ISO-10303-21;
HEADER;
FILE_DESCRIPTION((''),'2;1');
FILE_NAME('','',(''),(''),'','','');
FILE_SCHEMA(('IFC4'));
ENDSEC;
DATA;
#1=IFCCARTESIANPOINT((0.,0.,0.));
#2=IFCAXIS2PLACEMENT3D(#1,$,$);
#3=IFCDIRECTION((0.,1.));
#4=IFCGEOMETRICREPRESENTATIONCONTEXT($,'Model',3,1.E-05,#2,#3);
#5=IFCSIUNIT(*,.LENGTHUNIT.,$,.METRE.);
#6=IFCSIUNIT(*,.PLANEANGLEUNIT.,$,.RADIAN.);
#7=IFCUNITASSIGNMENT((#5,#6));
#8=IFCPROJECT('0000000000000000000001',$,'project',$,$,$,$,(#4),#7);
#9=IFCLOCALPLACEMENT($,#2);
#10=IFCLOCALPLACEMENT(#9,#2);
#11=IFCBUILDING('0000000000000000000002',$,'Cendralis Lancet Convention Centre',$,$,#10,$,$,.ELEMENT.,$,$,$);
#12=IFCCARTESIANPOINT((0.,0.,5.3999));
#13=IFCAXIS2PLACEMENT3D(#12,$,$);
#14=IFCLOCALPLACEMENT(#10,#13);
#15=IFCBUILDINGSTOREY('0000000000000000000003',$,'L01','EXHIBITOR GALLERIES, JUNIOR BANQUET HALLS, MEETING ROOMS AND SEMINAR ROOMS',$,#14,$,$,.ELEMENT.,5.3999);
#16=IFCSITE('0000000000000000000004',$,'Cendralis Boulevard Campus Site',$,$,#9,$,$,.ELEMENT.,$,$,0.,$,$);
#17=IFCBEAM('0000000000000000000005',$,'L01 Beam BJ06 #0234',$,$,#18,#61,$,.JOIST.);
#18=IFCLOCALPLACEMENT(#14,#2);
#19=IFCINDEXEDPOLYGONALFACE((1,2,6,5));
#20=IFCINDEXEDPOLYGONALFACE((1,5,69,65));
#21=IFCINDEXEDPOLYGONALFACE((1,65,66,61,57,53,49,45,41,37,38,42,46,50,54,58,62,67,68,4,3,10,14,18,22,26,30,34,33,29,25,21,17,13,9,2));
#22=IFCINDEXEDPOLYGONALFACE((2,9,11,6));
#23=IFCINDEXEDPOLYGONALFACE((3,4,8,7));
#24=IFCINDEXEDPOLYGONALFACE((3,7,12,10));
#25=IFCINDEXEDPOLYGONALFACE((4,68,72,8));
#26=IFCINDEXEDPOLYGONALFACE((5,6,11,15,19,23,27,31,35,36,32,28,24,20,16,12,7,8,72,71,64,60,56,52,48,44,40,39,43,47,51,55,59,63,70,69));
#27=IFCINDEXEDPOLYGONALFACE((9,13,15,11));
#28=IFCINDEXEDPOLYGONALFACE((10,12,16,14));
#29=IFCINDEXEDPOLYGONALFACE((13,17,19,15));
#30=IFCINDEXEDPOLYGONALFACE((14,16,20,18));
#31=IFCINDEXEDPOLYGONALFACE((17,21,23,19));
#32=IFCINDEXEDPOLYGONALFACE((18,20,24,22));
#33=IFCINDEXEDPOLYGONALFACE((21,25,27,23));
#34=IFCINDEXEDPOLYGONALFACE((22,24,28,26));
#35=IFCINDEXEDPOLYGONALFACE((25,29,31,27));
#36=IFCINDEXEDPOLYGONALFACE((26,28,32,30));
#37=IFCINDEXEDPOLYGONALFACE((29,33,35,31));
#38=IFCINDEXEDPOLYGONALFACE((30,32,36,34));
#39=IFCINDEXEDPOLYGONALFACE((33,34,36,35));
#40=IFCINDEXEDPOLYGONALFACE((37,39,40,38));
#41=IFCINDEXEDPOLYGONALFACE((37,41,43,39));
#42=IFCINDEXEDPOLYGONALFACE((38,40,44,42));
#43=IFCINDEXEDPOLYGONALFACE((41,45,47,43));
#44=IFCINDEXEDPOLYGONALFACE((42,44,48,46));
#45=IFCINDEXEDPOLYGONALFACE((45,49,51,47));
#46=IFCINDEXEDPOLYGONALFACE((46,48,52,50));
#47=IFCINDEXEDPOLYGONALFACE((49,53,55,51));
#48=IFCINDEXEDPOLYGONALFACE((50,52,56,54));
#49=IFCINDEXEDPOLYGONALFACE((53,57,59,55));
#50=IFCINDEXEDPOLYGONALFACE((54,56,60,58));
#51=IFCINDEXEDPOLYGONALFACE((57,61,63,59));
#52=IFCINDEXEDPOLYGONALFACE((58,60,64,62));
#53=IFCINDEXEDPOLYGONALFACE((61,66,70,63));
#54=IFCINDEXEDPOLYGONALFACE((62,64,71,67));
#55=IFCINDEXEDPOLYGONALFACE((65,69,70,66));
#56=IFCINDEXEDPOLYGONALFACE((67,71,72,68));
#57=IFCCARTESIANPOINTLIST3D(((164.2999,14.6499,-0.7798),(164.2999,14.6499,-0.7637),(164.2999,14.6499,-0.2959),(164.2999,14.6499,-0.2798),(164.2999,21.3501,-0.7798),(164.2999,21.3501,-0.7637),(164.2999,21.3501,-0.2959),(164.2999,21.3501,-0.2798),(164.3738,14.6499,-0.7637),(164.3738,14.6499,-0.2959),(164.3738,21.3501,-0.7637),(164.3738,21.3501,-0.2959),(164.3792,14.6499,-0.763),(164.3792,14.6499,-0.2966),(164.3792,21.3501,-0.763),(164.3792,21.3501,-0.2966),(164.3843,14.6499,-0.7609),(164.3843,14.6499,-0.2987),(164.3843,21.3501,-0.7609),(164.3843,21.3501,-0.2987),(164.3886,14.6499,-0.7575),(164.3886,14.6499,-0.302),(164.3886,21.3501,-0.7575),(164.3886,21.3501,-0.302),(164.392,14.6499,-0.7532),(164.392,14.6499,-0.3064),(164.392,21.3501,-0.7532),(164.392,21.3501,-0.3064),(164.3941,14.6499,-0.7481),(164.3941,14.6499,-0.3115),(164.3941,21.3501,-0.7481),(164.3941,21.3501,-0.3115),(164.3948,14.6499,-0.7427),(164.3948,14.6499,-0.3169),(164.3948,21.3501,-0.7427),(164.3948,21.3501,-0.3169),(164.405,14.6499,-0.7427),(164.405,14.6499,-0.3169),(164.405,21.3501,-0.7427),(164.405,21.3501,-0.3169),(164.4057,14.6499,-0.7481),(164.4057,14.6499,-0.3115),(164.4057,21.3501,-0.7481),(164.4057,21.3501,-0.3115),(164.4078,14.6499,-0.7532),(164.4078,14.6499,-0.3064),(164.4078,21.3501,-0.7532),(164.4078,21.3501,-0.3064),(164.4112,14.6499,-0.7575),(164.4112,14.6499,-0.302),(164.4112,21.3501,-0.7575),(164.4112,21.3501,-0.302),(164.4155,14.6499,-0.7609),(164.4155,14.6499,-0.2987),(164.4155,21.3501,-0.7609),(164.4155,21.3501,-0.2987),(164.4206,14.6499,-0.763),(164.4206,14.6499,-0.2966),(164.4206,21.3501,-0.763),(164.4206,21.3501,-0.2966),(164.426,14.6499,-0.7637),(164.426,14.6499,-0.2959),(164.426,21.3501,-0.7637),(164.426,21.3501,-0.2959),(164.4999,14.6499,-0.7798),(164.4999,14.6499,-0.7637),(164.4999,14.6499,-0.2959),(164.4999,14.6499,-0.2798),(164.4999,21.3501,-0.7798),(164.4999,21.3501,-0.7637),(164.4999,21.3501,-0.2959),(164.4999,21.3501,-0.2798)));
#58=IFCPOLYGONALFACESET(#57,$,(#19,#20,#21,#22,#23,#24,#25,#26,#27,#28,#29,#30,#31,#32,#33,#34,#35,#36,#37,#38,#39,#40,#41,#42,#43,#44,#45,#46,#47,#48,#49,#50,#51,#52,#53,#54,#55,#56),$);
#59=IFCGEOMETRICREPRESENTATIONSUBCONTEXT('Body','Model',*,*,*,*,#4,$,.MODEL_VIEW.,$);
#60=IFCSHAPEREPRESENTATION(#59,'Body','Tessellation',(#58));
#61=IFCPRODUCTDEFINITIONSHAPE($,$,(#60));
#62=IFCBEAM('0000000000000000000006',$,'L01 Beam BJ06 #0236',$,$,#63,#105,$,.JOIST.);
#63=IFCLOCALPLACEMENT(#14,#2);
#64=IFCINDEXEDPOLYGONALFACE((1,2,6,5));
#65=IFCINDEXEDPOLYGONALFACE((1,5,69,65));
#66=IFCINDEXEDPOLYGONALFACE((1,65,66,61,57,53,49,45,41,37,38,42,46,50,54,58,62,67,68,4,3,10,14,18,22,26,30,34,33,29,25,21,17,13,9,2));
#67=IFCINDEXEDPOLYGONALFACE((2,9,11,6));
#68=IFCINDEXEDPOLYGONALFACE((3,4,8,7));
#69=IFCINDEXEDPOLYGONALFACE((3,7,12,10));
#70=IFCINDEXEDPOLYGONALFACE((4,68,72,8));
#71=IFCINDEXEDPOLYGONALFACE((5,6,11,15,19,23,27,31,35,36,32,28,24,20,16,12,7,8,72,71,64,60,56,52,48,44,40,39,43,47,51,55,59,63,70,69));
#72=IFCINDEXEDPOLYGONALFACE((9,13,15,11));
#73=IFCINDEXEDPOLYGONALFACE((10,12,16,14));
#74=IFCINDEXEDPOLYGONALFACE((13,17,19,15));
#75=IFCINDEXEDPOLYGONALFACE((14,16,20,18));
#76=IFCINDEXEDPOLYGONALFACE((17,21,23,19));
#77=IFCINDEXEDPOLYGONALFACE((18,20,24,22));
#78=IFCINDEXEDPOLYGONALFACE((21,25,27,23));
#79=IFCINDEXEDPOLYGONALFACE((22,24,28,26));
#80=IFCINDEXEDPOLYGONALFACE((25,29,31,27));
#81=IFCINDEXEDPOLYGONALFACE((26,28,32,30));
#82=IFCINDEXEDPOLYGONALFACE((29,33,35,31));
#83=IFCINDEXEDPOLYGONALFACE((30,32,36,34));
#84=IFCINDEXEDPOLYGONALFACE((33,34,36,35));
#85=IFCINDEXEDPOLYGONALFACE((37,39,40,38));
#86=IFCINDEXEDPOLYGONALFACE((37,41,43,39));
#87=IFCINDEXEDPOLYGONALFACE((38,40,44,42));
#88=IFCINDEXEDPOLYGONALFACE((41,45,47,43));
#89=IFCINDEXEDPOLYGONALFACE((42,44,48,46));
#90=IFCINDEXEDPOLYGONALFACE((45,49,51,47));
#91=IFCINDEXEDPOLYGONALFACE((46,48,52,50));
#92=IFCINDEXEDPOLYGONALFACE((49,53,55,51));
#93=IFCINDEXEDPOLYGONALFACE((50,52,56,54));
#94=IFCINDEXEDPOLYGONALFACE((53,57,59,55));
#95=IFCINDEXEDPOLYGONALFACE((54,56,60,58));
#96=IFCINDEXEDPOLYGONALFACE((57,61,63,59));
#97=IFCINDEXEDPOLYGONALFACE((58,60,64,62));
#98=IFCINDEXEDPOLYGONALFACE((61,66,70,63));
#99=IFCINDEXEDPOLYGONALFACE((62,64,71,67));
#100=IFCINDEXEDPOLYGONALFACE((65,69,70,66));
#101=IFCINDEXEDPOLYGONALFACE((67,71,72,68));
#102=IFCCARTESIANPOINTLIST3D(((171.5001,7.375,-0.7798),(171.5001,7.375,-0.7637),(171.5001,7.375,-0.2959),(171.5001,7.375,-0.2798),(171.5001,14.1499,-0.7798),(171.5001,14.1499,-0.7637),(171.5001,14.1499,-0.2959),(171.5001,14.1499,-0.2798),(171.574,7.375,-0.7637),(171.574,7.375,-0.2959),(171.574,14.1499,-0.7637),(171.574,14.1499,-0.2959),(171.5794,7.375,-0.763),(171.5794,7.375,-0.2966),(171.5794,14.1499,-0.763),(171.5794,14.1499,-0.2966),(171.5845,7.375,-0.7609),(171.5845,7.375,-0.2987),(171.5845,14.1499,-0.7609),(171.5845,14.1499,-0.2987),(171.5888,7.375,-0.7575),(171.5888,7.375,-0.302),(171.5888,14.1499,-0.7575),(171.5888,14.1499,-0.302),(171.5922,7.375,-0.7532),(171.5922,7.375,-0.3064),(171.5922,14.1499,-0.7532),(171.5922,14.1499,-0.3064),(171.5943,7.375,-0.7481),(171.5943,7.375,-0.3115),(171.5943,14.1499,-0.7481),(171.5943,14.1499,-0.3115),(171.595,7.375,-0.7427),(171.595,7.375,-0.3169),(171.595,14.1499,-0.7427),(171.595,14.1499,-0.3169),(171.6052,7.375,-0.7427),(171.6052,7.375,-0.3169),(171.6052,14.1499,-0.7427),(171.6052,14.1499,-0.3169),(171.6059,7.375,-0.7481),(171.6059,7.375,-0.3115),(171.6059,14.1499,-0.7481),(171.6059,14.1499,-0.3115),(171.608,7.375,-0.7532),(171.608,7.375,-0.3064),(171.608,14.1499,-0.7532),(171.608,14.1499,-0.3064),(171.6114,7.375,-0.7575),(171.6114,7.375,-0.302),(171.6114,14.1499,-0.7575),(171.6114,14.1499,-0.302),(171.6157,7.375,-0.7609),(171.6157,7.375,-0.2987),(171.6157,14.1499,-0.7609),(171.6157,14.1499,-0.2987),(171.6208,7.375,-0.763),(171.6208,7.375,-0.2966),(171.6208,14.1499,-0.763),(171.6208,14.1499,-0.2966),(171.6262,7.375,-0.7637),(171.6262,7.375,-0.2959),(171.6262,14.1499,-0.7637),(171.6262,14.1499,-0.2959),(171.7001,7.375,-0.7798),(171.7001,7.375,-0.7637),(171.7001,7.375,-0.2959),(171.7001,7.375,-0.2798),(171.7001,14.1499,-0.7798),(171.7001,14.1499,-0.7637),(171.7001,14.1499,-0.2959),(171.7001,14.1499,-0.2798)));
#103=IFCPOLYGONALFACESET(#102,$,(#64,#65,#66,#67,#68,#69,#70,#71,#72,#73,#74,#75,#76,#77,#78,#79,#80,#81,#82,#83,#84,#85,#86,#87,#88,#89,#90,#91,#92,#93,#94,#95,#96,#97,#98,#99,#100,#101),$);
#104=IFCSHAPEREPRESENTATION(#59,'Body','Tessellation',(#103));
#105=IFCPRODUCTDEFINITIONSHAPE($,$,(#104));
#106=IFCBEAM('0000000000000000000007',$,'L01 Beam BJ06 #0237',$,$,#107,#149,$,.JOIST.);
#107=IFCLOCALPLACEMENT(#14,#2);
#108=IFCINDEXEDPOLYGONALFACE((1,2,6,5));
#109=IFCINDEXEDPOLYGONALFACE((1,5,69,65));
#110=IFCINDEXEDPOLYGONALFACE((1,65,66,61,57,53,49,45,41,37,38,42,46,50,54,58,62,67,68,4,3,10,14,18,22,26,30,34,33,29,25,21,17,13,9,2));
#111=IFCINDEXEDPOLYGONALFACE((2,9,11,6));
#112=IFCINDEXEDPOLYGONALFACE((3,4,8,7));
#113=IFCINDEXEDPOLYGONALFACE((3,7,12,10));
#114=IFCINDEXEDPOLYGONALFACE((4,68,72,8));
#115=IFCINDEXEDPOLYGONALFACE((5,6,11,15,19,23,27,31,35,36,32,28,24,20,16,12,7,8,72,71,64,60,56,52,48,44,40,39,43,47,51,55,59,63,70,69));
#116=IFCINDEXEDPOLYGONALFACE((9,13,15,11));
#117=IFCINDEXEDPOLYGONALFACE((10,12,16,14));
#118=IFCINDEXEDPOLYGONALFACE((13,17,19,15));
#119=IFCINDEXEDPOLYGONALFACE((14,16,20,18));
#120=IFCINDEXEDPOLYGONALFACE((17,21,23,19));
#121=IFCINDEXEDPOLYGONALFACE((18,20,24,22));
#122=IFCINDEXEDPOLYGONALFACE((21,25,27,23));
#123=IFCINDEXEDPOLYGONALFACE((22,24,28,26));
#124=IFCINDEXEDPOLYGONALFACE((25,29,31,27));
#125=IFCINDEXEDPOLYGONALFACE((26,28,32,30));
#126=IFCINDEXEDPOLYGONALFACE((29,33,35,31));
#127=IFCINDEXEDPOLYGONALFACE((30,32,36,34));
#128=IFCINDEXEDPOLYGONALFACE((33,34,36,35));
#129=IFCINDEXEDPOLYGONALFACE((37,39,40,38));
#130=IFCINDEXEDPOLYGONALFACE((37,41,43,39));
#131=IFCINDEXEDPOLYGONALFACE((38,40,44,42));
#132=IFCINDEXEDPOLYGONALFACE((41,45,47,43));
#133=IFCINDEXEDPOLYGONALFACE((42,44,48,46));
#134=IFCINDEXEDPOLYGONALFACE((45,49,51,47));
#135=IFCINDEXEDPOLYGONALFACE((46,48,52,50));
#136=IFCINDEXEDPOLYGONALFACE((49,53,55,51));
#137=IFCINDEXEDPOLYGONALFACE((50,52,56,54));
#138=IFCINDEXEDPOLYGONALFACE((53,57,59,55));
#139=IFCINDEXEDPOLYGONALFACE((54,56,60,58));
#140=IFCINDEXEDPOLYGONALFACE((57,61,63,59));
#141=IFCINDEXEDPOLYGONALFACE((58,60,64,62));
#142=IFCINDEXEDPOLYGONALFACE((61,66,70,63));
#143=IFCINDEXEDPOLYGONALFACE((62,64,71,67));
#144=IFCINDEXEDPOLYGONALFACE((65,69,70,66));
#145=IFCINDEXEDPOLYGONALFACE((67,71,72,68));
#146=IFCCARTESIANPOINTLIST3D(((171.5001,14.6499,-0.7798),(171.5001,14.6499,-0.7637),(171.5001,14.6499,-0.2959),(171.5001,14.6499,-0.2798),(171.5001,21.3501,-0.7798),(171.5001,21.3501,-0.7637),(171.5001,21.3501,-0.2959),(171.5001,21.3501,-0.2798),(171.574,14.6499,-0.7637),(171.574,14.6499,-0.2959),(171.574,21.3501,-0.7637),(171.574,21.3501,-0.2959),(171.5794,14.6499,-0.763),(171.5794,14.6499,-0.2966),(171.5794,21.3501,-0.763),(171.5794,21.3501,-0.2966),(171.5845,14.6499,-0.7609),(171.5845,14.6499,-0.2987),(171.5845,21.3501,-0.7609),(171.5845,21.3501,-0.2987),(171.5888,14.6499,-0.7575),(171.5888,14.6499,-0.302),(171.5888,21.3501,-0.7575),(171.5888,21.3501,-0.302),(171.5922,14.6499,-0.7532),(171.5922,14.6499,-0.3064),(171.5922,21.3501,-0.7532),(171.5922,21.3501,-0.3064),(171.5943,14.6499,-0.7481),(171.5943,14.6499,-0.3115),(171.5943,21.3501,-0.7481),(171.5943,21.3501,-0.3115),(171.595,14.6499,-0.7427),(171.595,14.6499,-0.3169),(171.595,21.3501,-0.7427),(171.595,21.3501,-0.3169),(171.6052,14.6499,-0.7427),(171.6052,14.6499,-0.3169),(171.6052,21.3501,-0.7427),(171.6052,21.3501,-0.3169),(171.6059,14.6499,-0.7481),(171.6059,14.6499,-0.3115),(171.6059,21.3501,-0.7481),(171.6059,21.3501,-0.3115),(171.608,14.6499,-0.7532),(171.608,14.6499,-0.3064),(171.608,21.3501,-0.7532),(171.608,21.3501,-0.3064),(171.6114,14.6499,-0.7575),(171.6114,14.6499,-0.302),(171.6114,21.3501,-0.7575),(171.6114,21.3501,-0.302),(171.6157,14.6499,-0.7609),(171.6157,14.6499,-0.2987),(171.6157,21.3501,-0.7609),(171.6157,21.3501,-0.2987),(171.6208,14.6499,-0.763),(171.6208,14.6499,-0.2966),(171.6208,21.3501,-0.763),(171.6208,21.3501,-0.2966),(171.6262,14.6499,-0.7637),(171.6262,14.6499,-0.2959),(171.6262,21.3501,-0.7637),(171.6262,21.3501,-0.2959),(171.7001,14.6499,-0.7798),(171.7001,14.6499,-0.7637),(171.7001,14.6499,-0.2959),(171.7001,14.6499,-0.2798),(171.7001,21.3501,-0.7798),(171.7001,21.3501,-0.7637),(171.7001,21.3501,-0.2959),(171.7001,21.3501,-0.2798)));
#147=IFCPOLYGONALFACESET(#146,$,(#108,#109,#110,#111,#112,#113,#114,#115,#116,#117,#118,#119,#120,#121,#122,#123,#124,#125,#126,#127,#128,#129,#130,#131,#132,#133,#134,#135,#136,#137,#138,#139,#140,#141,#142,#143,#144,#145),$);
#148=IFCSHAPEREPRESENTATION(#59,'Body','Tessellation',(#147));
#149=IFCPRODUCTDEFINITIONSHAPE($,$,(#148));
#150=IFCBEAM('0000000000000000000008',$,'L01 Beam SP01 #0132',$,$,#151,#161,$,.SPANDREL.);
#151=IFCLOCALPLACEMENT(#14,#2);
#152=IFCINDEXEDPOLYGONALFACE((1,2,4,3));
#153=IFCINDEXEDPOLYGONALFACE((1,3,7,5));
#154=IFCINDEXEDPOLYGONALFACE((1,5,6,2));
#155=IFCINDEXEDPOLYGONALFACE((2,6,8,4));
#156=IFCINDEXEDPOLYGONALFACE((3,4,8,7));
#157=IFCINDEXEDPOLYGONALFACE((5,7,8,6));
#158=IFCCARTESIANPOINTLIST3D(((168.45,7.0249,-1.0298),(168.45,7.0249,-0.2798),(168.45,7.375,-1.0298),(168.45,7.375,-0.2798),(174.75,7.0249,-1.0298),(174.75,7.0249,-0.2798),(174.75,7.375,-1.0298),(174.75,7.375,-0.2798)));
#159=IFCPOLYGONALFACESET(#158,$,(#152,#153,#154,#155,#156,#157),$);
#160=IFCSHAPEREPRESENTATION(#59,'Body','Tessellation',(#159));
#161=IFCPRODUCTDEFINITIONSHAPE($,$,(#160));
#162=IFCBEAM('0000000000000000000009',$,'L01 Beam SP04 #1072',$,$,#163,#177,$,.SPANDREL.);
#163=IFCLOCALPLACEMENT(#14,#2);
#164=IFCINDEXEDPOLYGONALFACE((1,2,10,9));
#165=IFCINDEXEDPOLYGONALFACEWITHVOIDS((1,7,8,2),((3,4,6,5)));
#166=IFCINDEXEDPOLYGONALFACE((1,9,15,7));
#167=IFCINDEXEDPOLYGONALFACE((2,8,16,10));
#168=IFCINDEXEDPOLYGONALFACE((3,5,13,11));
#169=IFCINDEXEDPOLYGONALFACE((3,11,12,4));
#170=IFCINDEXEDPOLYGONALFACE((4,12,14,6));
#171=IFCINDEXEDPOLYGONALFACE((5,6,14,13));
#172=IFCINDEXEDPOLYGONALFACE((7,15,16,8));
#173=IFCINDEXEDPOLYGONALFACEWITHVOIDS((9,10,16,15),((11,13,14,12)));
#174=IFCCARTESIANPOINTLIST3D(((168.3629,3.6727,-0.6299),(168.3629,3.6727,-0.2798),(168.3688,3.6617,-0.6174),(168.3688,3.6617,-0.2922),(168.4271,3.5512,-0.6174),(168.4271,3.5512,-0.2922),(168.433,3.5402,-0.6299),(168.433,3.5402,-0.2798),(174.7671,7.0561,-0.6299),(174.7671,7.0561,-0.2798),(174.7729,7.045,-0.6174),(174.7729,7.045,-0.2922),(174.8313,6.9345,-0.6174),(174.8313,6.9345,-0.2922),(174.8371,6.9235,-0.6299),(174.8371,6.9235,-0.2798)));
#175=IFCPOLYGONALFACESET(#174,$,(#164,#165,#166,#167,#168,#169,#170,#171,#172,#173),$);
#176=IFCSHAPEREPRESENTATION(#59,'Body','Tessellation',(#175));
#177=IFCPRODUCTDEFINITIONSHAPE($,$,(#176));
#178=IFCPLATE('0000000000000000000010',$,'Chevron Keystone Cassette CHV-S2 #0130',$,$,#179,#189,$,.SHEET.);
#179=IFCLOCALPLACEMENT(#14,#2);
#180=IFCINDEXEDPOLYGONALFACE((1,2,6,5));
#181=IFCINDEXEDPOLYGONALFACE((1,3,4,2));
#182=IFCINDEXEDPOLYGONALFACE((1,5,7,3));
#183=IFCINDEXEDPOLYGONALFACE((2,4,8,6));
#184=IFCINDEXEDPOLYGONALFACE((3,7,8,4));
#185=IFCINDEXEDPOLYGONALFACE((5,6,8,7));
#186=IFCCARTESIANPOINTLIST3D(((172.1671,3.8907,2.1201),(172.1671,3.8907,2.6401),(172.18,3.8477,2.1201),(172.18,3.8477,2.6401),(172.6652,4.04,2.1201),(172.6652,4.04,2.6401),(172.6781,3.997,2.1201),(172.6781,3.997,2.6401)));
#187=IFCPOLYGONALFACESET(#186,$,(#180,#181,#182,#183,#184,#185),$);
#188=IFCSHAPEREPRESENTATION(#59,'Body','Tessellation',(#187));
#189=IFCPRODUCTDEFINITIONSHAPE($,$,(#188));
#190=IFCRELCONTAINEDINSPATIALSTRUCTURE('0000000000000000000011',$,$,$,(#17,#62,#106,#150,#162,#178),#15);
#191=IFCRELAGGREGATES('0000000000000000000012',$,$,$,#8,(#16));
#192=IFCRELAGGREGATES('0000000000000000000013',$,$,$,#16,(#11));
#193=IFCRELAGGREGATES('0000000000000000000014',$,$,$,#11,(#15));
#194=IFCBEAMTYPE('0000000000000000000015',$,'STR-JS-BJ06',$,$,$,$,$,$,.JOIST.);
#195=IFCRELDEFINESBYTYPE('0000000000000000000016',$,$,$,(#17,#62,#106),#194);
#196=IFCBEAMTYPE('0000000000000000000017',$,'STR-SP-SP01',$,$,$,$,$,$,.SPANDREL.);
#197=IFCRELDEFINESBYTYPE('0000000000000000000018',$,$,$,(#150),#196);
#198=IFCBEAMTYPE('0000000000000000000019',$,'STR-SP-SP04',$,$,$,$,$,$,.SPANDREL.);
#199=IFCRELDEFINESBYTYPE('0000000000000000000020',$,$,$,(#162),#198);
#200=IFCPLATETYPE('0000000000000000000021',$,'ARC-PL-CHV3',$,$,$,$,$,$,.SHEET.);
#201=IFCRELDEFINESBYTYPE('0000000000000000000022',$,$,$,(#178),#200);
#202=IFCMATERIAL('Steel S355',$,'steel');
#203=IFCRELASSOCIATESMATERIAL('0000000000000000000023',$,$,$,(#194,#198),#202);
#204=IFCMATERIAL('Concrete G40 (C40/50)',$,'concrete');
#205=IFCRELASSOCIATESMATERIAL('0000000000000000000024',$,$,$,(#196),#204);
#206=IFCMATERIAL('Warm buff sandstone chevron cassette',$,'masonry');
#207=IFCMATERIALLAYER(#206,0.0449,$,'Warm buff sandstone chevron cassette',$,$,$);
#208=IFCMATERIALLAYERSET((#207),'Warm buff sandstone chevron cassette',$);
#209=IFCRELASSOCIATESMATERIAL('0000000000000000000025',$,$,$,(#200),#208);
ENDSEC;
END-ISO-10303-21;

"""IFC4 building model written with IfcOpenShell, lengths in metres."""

from ifc_helpers import new_model, si_unit, direction, frame, origin, origin_2d, place, context, subcontext, project, spatial, rectangle, hollow_rectangle, i_section, extrude, material, layer, layer_set, material_profile, profile_set, type_object, element, save


model = new_model("IFC4")

# Units and contexts
model_context = context("Model", 3, precision=1e-05, world=origin(), true_north=direction((0.0, 1.0)))
body_context = subcontext(model_context, "Body", "Model", "MODEL_VIEW")
ifc_project = project(units=[si_unit("LENGTHUNIT", "METRE"), si_unit("PLANEANGLEUNIT", "RADIAN")], contexts=[model_context])

# Site, building, storey
site_placement = place(None, origin())
site = spatial("IfcSite", under=ifc_project, at=site_placement, Name="Cendralis Boulevard Campus Site", CompositionType="ELEMENT", RefElevation=0.0)
building_placement = place(site_placement, origin())
building = spatial("IfcBuilding", under=site, at=building_placement, Name="Cendralis Lancet Convention Centre", CompositionType="ELEMENT")
storey_placement = place(building_placement, frame((0.0, 0.0, 5.3999)))
storey = spatial("IfcBuildingStorey", under=building, at=storey_placement, Name="L01", Description="EXHIBITOR GALLERIES, JUNIOR BANQUET HALLS, MEETING ROOMS AND SEMINAR ROOMS", CompositionType="ELEMENT", Elevation=5.3999)

# Shared definitions
ifc_material_1 = material(Name="Concrete G40 (C40/50)", Category="concrete")

# Beams
ifc_material_2 = material(Name="Steel S355", Category="steel")
ifc_material_profile_1 = material_profile(ifc_material_2, i_section(OverallWidth=0.2, OverallDepth=0.5, WebThickness=0.0103, FlangeThickness=0.0161, FilletRadius=0.021, at=origin_2d()), Name="IPE 500")
ifc_profile_set_1 = profile_set([ifc_material_profile_1], Name="Steel S355")
beam_type_1 = type_object("IfcBeamType", Name="STR-JS-BJ06", PredefinedType="JOIST", material=ifc_profile_set_1)
beam_1_placement = place(storey_placement, frame((164.3999, 14.6499, -0.5298), z_axis=(0.0, 1.0, 0.0), x_axis=(-1.0, 0.0, 0.0)))
element("IfcBeam", 1, at=beam_1_placement, inside=storey, type_object=beam_type_1, Name="L01 Beam BJ06 #0234", PredefinedType="JOIST", context=body_context, shape_type="SweptSolid", body=[
    extrude(i_section(OverallWidth=0.2, OverallDepth=0.5, WebThickness=0.0103, FlangeThickness=0.0161, FilletRadius=0.021, at=origin_2d()), origin(), (0.0, 0.0, 1.0), 6.7002),
])
beam_2_placement = place(storey_placement, frame((171.6001, 7.375, -0.5298), z_axis=(0.0, 1.0, 0.0), x_axis=(-1.0, 0.0, 0.0)))
element("IfcBeam", 2, at=beam_2_placement, inside=storey, type_object=beam_type_1, Name="L01 Beam BJ06 #0236", PredefinedType="JOIST", context=body_context, shape_type="SweptSolid", body=[
    extrude(i_section(OverallWidth=0.2, OverallDepth=0.5, WebThickness=0.0103, FlangeThickness=0.0161, FilletRadius=0.021, at=origin_2d()), origin(), (0.0, 0.0, 1.0), 6.7749),
])
beam_3_placement = place(storey_placement, frame((171.6001, 14.6499, -0.5298), z_axis=(0.0, 1.0, 0.0), x_axis=(-1.0, 0.0, 0.0)))
element("IfcBeam", 3, at=beam_3_placement, inside=storey, type_object=beam_type_1, Name="L01 Beam BJ06 #0237", PredefinedType="JOIST", context=body_context, shape_type="SweptSolid", body=[
    extrude(i_section(OverallWidth=0.2, OverallDepth=0.5, WebThickness=0.0103, FlangeThickness=0.0161, FilletRadius=0.021, at=origin_2d()), origin(), (0.0, 0.0, 1.0), 6.7002),
])
ifc_material_profile_2 = material_profile(ifc_material_1, rectangle(XDim=0.3501, YDim=0.75, at=origin_2d()), Name="RCB 350x750")
ifc_profile_set_2 = profile_set([ifc_material_profile_2], Name="Concrete G40 (C40/50)")
beam_type_2 = type_object("IfcBeamType", Name="STR-SP-SP01", PredefinedType="SPANDREL", material=ifc_profile_set_2)
beam_4_placement = place(storey_placement, frame((168.45, 7.2, -0.6548), z_axis=(1.0, 0.0, 0.0), x_axis=(0.0, 1.0, 0.0)))
element("IfcBeam", 4, at=beam_4_placement, inside=storey, type_object=beam_type_2, Name="L01 Beam SP01 #0132", PredefinedType="SPANDREL", context=body_context, shape_type="SweptSolid", body=[
    extrude(rectangle(XDim=0.3501, YDim=0.75, at=origin_2d()), origin(), (0.0, 0.0, 1.0), 6.3),
])
ifc_material_profile_3 = material_profile(ifc_material_2, hollow_rectangle(XDim=0.1499, YDim=0.3501, WallThickness=0.0125, at=origin_2d()), Name="RHS 350x150x12.5")
ifc_profile_set_3 = profile_set([ifc_material_profile_3], Name="Steel S355")
beam_type_3 = type_object("IfcBeamType", Name="STR-SP-SP04", PredefinedType="SPANDREL", material=ifc_profile_set_3)
beam_5_placement = place(storey_placement, frame((168.3979, 3.6064, -0.4548), z_axis=(0.884192, 0.467124, 0.0), x_axis=(-0.467124, 0.884192, 0.0)))
element("IfcBeam", 5, at=beam_5_placement, inside=storey, type_object=beam_type_3, Name="L01 Beam SP04 #1072", PredefinedType="SPANDREL", context=body_context, shape_type="SweptSolid", body=[
    extrude(hollow_rectangle(XDim=0.1499, YDim=0.3501, WallThickness=0.0125, at=origin_2d()), origin(), (0.0, 0.0, 1.0), 7.2429),
])

# Plate
ifc_material_3 = material(Name="Warm buff sandstone chevron cassette", Category="masonry")
ifc_layer_1 = layer(ifc_material_3, 0.0449, Name="Warm buff sandstone chevron cassette")
ifc_layer_set_1 = layer_set([ifc_layer_1], Name="Warm buff sandstone chevron cassette")
plate_type = type_object("IfcPlateType", Name="ARC-PL-CHV3", PredefinedType="SHEET", material=ifc_layer_set_1)
plate_placement = place(storey_placement, frame((172.4226, 3.9438, 2.1201), z_axis=(0.0, 0.0, 1.0), x_axis=(0.957918, 0.287043, 0.0)))
element("IfcPlate", 6, at=plate_placement, inside=storey, type_object=plate_type, Name="Chevron Keystone Cassette CHV-S2 #0130", PredefinedType="SHEET", context=body_context, shape_type="SweptSolid", body=[
    extrude(rectangle(XDim=0.52, YDim=0.0449, at=origin_2d()), origin(), (0.0, 0.0, 1.0), 0.52),
])

save(model, "model.ifc")
